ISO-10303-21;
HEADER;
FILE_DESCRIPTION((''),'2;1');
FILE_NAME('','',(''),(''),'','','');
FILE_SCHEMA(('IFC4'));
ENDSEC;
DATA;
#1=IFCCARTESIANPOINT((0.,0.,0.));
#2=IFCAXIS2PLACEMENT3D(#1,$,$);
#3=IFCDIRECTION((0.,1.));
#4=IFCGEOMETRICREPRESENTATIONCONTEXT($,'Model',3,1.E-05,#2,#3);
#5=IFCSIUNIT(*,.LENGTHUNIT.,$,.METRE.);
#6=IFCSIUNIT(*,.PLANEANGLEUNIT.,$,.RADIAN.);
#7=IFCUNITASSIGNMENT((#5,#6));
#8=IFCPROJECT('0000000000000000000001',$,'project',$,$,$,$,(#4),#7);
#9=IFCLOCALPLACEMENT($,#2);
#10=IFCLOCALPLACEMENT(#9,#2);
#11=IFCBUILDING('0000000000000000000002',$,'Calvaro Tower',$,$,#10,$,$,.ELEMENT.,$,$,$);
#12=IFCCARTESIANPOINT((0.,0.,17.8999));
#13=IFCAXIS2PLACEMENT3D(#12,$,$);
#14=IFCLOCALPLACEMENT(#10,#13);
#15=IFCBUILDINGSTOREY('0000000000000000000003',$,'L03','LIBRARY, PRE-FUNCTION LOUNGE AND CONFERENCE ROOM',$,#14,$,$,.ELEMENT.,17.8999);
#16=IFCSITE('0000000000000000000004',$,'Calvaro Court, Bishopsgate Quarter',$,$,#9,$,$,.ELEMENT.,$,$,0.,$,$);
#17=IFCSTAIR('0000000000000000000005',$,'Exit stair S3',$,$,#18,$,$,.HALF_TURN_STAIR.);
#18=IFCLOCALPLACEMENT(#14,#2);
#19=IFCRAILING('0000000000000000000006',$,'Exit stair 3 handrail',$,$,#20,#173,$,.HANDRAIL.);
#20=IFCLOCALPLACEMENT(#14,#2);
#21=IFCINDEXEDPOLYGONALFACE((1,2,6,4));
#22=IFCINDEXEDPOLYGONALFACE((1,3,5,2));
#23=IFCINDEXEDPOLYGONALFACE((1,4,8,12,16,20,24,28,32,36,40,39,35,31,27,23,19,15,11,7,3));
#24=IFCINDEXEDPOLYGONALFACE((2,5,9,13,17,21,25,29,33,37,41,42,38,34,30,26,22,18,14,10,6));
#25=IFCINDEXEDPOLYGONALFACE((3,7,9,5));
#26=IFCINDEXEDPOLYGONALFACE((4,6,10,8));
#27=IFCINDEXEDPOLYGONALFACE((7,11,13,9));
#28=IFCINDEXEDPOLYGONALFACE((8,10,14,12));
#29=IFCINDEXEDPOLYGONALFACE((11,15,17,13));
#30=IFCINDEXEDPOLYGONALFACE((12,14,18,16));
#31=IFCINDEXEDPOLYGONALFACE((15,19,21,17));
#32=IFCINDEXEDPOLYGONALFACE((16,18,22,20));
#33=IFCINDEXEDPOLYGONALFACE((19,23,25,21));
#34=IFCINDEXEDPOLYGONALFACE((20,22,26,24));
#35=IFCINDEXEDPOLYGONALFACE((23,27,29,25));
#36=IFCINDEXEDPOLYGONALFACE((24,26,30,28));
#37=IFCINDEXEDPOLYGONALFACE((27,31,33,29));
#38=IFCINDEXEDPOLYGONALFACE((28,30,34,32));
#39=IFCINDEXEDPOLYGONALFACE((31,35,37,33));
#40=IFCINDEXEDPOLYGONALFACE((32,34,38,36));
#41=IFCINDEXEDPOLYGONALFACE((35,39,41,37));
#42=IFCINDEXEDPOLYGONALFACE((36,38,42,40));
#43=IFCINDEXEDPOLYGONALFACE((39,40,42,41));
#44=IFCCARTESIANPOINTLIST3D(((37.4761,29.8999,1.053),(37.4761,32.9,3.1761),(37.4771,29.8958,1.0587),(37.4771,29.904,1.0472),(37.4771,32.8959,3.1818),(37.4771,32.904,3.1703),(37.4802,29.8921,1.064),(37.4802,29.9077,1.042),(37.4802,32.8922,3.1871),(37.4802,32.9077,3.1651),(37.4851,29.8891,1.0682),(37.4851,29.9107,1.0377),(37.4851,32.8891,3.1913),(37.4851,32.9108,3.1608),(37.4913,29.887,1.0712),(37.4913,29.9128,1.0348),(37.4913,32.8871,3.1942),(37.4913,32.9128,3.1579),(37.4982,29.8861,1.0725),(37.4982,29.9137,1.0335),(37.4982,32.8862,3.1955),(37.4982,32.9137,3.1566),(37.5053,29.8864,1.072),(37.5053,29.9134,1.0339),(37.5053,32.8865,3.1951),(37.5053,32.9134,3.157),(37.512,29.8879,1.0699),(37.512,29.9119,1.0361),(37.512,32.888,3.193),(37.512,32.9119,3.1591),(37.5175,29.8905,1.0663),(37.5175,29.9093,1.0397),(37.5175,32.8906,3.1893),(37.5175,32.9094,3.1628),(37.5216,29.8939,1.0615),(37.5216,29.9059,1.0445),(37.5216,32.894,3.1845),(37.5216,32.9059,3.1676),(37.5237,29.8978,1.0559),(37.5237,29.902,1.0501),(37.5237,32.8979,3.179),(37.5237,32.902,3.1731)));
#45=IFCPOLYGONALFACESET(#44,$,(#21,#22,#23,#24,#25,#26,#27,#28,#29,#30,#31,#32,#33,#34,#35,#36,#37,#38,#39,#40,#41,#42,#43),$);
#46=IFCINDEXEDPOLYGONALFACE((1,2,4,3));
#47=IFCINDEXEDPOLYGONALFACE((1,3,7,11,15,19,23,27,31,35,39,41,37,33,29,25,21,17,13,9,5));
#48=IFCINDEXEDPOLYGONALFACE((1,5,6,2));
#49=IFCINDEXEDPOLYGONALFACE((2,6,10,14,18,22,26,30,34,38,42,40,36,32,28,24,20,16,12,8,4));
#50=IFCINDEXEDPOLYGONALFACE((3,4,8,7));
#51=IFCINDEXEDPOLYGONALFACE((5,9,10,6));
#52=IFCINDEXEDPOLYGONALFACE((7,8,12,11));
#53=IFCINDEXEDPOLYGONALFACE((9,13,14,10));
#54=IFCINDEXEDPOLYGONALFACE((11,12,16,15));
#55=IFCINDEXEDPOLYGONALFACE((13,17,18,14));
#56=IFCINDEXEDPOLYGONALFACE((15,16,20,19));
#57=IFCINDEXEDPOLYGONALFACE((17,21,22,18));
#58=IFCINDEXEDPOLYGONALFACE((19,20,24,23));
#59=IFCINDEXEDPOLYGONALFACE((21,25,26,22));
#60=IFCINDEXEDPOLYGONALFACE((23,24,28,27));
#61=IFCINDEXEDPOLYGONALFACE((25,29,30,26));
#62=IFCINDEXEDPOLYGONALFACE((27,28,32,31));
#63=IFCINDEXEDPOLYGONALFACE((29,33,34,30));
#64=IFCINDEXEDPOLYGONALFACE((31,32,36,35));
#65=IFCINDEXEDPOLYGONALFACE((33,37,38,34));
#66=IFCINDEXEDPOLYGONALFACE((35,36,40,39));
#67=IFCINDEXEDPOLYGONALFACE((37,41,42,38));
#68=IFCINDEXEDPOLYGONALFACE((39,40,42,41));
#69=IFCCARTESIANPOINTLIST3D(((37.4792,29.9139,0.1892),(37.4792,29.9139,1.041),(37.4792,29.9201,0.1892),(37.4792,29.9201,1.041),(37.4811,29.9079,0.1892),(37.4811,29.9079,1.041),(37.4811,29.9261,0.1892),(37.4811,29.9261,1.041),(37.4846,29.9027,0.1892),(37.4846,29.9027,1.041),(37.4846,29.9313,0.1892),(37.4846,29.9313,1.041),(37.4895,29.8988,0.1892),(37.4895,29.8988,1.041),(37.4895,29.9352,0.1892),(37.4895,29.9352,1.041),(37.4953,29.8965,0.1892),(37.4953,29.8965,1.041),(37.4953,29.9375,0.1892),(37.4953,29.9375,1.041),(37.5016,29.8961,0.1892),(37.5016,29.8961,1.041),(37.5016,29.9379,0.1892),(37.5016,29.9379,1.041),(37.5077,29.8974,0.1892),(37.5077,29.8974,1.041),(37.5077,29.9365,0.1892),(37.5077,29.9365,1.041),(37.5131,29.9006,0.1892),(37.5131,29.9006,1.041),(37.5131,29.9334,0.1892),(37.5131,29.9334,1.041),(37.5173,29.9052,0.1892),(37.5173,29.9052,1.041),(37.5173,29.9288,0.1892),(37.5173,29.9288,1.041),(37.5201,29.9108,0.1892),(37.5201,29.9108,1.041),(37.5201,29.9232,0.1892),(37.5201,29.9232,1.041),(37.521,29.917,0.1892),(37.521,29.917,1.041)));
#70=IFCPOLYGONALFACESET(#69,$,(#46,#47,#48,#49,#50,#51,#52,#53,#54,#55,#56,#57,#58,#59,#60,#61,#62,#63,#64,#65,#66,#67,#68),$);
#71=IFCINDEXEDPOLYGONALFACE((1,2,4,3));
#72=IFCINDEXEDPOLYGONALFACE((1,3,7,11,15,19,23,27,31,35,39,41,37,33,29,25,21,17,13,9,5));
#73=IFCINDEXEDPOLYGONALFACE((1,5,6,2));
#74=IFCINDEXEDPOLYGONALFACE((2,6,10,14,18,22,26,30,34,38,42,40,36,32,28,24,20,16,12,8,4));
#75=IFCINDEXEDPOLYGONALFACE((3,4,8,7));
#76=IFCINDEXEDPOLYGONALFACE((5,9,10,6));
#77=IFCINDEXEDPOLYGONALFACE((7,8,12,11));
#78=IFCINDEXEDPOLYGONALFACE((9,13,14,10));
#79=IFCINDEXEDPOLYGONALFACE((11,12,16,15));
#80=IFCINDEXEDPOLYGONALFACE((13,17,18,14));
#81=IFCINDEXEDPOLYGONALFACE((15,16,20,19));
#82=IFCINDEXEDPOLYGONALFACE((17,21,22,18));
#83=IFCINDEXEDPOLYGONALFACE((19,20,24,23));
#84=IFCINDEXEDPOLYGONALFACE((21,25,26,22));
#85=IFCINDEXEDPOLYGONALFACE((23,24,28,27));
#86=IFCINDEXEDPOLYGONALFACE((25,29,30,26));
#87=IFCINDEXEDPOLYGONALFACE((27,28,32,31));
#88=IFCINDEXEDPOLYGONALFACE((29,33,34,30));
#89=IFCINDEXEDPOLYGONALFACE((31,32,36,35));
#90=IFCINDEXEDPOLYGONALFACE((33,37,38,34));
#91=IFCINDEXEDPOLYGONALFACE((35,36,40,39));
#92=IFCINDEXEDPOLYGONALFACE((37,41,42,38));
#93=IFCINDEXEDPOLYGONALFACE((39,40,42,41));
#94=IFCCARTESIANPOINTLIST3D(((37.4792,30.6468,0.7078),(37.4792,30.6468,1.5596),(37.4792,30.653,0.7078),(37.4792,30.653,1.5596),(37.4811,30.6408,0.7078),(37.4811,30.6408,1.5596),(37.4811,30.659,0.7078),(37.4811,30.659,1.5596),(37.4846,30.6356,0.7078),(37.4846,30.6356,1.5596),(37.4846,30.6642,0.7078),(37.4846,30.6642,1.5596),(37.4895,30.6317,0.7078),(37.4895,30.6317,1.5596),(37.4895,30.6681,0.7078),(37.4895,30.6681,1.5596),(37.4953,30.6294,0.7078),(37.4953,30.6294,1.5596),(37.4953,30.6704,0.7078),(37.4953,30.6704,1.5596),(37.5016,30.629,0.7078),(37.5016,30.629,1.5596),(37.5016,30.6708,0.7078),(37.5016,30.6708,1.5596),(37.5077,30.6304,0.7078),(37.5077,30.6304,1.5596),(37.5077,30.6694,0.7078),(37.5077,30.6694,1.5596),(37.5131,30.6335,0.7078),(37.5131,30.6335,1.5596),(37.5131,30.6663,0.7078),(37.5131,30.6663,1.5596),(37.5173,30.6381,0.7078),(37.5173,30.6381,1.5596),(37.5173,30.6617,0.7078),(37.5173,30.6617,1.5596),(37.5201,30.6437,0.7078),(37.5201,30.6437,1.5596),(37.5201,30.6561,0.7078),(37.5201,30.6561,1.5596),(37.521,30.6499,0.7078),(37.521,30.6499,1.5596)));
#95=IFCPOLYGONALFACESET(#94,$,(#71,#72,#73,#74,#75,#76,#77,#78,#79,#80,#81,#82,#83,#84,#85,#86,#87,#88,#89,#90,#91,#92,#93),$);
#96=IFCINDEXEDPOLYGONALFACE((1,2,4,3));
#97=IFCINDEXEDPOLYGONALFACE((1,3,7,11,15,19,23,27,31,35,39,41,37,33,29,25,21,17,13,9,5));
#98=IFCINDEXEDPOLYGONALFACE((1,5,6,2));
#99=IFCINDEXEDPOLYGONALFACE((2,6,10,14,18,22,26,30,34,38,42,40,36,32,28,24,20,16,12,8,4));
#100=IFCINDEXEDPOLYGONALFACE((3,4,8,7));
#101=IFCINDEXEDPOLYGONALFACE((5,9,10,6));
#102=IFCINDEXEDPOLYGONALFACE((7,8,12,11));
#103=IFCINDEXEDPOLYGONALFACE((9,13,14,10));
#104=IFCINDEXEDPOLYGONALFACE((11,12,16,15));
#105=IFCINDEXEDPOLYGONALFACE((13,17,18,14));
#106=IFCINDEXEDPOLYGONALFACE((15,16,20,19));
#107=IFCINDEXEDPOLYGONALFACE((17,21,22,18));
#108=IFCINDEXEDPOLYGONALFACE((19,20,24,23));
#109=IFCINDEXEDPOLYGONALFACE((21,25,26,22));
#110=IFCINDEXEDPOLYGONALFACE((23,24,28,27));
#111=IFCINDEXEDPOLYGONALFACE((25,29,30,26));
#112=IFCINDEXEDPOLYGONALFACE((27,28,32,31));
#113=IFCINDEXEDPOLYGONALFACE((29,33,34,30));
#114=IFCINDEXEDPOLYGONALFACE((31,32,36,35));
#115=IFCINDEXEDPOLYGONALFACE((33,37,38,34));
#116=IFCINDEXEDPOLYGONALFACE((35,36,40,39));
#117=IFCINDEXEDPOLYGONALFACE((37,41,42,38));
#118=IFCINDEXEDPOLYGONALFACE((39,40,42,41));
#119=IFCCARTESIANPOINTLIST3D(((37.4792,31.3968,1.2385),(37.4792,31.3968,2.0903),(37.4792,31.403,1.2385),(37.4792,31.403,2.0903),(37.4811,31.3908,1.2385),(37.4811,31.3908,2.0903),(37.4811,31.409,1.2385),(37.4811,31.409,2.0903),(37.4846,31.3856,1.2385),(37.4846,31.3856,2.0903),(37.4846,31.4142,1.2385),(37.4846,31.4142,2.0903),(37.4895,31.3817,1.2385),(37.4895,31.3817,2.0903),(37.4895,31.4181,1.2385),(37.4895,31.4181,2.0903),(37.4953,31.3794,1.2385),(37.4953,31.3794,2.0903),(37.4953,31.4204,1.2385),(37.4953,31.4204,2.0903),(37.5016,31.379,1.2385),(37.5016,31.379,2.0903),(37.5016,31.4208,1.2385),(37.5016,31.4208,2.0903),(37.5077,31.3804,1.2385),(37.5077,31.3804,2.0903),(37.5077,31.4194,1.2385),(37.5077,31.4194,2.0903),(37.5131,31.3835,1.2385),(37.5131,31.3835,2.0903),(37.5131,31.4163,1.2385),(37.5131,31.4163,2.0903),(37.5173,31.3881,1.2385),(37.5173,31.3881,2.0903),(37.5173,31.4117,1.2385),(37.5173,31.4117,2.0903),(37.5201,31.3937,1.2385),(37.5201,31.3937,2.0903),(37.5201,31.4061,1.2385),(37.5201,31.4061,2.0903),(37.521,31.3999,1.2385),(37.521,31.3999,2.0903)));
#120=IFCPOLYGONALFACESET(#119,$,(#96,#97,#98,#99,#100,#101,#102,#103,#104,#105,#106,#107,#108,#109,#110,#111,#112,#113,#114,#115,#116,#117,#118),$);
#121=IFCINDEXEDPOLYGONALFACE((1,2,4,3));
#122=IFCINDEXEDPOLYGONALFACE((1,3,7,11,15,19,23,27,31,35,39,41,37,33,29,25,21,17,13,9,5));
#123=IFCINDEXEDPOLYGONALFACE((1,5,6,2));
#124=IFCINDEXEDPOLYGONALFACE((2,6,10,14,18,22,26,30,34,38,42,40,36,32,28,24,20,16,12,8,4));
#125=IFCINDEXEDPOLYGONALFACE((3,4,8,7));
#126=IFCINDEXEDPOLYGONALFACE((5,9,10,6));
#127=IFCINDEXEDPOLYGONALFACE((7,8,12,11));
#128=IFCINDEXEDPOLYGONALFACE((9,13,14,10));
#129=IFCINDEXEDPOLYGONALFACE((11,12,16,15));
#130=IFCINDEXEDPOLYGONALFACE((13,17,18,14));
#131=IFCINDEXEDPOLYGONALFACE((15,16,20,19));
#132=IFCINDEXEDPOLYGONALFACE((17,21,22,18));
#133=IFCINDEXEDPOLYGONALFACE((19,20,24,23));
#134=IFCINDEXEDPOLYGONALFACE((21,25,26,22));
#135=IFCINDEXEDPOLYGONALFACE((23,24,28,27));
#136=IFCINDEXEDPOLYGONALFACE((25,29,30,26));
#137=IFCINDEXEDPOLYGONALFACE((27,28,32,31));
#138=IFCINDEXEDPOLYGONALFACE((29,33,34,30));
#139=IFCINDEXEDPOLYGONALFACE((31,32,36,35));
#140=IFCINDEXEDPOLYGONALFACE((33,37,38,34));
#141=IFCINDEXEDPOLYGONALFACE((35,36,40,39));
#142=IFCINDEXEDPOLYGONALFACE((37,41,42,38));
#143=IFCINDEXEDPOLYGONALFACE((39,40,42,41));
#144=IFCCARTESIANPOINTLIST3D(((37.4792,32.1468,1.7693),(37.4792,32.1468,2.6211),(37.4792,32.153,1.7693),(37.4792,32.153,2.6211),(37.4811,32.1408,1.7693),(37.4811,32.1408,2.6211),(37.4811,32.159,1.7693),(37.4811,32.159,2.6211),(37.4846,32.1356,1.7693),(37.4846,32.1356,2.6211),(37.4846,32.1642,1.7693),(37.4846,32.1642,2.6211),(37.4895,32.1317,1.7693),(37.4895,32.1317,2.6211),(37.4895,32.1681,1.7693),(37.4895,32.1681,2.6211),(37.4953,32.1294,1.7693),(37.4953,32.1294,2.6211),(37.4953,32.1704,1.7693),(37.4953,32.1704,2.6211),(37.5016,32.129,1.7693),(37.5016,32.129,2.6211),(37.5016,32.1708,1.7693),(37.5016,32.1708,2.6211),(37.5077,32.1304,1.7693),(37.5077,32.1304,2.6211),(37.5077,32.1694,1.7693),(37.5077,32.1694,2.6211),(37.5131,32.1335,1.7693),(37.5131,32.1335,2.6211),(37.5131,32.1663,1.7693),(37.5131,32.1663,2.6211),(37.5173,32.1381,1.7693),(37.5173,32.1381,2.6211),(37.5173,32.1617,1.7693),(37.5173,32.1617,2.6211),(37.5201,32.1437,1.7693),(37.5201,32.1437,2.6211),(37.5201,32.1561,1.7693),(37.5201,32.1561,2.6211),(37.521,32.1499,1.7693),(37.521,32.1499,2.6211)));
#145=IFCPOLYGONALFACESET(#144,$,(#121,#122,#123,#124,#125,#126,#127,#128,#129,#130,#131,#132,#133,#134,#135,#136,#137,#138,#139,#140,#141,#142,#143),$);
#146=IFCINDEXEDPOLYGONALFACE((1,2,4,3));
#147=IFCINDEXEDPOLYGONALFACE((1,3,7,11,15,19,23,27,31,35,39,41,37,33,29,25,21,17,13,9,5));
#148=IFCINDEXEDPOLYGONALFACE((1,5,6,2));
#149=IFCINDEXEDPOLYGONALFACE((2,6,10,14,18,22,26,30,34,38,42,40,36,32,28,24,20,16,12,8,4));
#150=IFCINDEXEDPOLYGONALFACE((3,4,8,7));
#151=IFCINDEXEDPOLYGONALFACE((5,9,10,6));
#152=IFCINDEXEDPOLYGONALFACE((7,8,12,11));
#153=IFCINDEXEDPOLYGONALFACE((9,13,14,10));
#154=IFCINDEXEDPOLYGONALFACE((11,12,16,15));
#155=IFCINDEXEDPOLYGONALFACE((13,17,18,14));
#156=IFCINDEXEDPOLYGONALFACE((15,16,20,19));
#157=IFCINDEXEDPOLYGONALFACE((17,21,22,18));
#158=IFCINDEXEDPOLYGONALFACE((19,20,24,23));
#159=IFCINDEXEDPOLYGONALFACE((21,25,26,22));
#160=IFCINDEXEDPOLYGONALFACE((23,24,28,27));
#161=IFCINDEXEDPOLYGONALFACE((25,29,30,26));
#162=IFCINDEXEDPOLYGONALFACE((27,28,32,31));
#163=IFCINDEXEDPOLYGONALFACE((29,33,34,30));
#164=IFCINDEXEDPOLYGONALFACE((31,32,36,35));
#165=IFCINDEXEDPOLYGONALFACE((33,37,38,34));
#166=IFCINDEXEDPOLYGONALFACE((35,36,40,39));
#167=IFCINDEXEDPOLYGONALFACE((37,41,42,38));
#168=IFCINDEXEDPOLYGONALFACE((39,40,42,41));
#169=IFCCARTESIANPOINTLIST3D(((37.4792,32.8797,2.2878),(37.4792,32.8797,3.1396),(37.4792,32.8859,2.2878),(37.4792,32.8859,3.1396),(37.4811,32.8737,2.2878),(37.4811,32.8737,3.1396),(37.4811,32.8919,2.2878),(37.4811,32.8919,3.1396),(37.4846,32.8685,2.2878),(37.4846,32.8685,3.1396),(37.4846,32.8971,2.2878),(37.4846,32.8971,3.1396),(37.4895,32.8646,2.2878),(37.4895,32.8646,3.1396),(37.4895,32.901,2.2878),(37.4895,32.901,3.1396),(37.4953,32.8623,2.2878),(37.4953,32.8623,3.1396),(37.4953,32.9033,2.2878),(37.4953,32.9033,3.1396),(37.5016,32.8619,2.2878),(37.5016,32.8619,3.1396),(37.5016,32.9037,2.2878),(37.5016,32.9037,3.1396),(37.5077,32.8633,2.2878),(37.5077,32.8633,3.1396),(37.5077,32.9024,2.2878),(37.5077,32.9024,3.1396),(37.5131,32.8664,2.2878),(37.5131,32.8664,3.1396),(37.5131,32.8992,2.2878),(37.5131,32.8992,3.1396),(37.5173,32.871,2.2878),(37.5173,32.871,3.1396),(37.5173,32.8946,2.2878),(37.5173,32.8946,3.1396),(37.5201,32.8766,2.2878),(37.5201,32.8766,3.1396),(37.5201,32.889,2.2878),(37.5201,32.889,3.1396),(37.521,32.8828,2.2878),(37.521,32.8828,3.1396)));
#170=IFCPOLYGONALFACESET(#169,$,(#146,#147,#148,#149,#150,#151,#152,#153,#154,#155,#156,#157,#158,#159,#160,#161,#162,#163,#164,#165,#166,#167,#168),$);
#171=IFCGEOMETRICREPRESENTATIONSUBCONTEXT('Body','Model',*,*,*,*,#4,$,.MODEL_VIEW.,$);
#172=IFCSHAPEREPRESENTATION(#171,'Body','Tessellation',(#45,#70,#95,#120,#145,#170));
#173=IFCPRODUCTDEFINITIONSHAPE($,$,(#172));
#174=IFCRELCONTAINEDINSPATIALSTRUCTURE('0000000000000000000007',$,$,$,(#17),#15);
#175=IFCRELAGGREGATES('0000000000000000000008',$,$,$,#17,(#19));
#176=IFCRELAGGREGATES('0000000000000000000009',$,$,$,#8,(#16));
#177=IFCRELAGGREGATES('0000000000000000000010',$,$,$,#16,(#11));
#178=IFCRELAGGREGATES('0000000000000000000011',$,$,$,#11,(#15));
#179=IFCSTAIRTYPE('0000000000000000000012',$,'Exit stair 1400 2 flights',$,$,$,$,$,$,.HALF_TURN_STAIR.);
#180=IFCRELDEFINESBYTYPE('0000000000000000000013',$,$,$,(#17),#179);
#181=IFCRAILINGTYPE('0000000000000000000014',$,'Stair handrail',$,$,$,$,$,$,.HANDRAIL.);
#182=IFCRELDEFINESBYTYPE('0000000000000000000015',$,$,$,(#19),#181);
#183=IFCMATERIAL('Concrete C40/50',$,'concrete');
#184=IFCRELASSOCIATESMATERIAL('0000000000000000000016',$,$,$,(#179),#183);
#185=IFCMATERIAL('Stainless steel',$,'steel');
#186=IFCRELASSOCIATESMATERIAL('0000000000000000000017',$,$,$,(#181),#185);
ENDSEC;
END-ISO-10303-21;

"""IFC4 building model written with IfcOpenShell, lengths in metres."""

from ifc_helpers import new_model, si_unit, direction, frame, origin, origin_2d, place, context, subcontext, project, spatial, circle, extrude, material, type_object, element, aggregate, save


model = new_model("IFC4")

# Units and contexts
model_context = context("Model", 3, precision=1e-05, world=origin(), true_north=direction((0.0, 1.0)))
body_context = subcontext(model_context, "Body", "Model", "MODEL_VIEW")
ifc_project = project(units=[si_unit("LENGTHUNIT", "METRE"), si_unit("PLANEANGLEUNIT", "RADIAN")], contexts=[model_context])

# Site, building, storey
site_placement = place(None, origin())
site = spatial("IfcSite", under=ifc_project, at=site_placement, Name="Calvaro Court, Bishopsgate Quarter", CompositionType="ELEMENT", RefElevation=0.0)
building_placement = place(site_placement, origin())
building = spatial("IfcBuilding", under=site, at=building_placement, Name="Calvaro Tower", CompositionType="ELEMENT")
storey_placement = place(building_placement, frame((0.0, 0.0, 17.8999)))
storey = spatial("IfcBuildingStorey", under=building, at=storey_placement, Name="L03", Description="LIBRARY, PRE-FUNCTION LOUNGE AND CONFERENCE ROOM", CompositionType="ELEMENT", Elevation=17.8999)

# Stair, railing
ifc_material_1 = material(Name="Concrete C40/50", Category="concrete")
stair_type = type_object("IfcStairType", Name="Exit stair 1400 2 flights", PredefinedType="HALF_TURN_STAIR", material=ifc_material_1)
stair_placement = place(storey_placement, origin())
stair = element("IfcStair", 1, at=stair_placement, inside=storey, type_object=stair_type, Name="Exit stair S3", PredefinedType="HALF_TURN_STAIR")
ifc_material_2 = material(Name="Stainless steel", Category="steel")
railing_type = type_object("IfcRailingType", Name="Stair handrail", PredefinedType="HANDRAIL", material=ifc_material_2)
railing_1_placement = place(storey_placement, frame((37.5, 29.8999, 0.177)))
railing_1 = element("IfcRailing", 2, at=railing_1_placement, type_object=railing_type, Name="Exit stair 3 handrail", PredefinedType="HANDRAIL", context=body_context, shape_type="SweptSolid", body=[
    extrude(circle(Radius=0.0239, at=origin_2d()), frame((0.0, 0.0, 0.876), z_axis=(0.0, 0.816275, 0.577663), x_axis=(-1.0, 0.0, 0.0)), (0.0, 0.0, 1.0), 3.6753),
    extrude(circle(Radius=0.021, at=origin_2d()), frame((0.0, 0.0171, 0.0122)), (0.0, 0.0, 1.0), 0.8518),
    extrude(circle(Radius=0.021, at=origin_2d()), frame((0.0, 0.75, 0.5308)), (0.0, 0.0, 1.0), 0.8518),
    extrude(circle(Radius=0.021, at=origin_2d()), frame((0.0, 1.5, 1.0615)), (0.0, 0.0, 1.0), 0.8518),
    extrude(circle(Radius=0.021, at=origin_2d()), frame((0.0, 2.25, 1.5923)), (0.0, 0.0, 1.0), 0.8518),
    extrude(circle(Radius=0.021, at=origin_2d()), frame((0.0, 2.9829, 2.1108)), (0.0, 0.0, 1.0), 0.8518),
])
aggregate(stair, [railing_1])

save(model, "model.ifc")
